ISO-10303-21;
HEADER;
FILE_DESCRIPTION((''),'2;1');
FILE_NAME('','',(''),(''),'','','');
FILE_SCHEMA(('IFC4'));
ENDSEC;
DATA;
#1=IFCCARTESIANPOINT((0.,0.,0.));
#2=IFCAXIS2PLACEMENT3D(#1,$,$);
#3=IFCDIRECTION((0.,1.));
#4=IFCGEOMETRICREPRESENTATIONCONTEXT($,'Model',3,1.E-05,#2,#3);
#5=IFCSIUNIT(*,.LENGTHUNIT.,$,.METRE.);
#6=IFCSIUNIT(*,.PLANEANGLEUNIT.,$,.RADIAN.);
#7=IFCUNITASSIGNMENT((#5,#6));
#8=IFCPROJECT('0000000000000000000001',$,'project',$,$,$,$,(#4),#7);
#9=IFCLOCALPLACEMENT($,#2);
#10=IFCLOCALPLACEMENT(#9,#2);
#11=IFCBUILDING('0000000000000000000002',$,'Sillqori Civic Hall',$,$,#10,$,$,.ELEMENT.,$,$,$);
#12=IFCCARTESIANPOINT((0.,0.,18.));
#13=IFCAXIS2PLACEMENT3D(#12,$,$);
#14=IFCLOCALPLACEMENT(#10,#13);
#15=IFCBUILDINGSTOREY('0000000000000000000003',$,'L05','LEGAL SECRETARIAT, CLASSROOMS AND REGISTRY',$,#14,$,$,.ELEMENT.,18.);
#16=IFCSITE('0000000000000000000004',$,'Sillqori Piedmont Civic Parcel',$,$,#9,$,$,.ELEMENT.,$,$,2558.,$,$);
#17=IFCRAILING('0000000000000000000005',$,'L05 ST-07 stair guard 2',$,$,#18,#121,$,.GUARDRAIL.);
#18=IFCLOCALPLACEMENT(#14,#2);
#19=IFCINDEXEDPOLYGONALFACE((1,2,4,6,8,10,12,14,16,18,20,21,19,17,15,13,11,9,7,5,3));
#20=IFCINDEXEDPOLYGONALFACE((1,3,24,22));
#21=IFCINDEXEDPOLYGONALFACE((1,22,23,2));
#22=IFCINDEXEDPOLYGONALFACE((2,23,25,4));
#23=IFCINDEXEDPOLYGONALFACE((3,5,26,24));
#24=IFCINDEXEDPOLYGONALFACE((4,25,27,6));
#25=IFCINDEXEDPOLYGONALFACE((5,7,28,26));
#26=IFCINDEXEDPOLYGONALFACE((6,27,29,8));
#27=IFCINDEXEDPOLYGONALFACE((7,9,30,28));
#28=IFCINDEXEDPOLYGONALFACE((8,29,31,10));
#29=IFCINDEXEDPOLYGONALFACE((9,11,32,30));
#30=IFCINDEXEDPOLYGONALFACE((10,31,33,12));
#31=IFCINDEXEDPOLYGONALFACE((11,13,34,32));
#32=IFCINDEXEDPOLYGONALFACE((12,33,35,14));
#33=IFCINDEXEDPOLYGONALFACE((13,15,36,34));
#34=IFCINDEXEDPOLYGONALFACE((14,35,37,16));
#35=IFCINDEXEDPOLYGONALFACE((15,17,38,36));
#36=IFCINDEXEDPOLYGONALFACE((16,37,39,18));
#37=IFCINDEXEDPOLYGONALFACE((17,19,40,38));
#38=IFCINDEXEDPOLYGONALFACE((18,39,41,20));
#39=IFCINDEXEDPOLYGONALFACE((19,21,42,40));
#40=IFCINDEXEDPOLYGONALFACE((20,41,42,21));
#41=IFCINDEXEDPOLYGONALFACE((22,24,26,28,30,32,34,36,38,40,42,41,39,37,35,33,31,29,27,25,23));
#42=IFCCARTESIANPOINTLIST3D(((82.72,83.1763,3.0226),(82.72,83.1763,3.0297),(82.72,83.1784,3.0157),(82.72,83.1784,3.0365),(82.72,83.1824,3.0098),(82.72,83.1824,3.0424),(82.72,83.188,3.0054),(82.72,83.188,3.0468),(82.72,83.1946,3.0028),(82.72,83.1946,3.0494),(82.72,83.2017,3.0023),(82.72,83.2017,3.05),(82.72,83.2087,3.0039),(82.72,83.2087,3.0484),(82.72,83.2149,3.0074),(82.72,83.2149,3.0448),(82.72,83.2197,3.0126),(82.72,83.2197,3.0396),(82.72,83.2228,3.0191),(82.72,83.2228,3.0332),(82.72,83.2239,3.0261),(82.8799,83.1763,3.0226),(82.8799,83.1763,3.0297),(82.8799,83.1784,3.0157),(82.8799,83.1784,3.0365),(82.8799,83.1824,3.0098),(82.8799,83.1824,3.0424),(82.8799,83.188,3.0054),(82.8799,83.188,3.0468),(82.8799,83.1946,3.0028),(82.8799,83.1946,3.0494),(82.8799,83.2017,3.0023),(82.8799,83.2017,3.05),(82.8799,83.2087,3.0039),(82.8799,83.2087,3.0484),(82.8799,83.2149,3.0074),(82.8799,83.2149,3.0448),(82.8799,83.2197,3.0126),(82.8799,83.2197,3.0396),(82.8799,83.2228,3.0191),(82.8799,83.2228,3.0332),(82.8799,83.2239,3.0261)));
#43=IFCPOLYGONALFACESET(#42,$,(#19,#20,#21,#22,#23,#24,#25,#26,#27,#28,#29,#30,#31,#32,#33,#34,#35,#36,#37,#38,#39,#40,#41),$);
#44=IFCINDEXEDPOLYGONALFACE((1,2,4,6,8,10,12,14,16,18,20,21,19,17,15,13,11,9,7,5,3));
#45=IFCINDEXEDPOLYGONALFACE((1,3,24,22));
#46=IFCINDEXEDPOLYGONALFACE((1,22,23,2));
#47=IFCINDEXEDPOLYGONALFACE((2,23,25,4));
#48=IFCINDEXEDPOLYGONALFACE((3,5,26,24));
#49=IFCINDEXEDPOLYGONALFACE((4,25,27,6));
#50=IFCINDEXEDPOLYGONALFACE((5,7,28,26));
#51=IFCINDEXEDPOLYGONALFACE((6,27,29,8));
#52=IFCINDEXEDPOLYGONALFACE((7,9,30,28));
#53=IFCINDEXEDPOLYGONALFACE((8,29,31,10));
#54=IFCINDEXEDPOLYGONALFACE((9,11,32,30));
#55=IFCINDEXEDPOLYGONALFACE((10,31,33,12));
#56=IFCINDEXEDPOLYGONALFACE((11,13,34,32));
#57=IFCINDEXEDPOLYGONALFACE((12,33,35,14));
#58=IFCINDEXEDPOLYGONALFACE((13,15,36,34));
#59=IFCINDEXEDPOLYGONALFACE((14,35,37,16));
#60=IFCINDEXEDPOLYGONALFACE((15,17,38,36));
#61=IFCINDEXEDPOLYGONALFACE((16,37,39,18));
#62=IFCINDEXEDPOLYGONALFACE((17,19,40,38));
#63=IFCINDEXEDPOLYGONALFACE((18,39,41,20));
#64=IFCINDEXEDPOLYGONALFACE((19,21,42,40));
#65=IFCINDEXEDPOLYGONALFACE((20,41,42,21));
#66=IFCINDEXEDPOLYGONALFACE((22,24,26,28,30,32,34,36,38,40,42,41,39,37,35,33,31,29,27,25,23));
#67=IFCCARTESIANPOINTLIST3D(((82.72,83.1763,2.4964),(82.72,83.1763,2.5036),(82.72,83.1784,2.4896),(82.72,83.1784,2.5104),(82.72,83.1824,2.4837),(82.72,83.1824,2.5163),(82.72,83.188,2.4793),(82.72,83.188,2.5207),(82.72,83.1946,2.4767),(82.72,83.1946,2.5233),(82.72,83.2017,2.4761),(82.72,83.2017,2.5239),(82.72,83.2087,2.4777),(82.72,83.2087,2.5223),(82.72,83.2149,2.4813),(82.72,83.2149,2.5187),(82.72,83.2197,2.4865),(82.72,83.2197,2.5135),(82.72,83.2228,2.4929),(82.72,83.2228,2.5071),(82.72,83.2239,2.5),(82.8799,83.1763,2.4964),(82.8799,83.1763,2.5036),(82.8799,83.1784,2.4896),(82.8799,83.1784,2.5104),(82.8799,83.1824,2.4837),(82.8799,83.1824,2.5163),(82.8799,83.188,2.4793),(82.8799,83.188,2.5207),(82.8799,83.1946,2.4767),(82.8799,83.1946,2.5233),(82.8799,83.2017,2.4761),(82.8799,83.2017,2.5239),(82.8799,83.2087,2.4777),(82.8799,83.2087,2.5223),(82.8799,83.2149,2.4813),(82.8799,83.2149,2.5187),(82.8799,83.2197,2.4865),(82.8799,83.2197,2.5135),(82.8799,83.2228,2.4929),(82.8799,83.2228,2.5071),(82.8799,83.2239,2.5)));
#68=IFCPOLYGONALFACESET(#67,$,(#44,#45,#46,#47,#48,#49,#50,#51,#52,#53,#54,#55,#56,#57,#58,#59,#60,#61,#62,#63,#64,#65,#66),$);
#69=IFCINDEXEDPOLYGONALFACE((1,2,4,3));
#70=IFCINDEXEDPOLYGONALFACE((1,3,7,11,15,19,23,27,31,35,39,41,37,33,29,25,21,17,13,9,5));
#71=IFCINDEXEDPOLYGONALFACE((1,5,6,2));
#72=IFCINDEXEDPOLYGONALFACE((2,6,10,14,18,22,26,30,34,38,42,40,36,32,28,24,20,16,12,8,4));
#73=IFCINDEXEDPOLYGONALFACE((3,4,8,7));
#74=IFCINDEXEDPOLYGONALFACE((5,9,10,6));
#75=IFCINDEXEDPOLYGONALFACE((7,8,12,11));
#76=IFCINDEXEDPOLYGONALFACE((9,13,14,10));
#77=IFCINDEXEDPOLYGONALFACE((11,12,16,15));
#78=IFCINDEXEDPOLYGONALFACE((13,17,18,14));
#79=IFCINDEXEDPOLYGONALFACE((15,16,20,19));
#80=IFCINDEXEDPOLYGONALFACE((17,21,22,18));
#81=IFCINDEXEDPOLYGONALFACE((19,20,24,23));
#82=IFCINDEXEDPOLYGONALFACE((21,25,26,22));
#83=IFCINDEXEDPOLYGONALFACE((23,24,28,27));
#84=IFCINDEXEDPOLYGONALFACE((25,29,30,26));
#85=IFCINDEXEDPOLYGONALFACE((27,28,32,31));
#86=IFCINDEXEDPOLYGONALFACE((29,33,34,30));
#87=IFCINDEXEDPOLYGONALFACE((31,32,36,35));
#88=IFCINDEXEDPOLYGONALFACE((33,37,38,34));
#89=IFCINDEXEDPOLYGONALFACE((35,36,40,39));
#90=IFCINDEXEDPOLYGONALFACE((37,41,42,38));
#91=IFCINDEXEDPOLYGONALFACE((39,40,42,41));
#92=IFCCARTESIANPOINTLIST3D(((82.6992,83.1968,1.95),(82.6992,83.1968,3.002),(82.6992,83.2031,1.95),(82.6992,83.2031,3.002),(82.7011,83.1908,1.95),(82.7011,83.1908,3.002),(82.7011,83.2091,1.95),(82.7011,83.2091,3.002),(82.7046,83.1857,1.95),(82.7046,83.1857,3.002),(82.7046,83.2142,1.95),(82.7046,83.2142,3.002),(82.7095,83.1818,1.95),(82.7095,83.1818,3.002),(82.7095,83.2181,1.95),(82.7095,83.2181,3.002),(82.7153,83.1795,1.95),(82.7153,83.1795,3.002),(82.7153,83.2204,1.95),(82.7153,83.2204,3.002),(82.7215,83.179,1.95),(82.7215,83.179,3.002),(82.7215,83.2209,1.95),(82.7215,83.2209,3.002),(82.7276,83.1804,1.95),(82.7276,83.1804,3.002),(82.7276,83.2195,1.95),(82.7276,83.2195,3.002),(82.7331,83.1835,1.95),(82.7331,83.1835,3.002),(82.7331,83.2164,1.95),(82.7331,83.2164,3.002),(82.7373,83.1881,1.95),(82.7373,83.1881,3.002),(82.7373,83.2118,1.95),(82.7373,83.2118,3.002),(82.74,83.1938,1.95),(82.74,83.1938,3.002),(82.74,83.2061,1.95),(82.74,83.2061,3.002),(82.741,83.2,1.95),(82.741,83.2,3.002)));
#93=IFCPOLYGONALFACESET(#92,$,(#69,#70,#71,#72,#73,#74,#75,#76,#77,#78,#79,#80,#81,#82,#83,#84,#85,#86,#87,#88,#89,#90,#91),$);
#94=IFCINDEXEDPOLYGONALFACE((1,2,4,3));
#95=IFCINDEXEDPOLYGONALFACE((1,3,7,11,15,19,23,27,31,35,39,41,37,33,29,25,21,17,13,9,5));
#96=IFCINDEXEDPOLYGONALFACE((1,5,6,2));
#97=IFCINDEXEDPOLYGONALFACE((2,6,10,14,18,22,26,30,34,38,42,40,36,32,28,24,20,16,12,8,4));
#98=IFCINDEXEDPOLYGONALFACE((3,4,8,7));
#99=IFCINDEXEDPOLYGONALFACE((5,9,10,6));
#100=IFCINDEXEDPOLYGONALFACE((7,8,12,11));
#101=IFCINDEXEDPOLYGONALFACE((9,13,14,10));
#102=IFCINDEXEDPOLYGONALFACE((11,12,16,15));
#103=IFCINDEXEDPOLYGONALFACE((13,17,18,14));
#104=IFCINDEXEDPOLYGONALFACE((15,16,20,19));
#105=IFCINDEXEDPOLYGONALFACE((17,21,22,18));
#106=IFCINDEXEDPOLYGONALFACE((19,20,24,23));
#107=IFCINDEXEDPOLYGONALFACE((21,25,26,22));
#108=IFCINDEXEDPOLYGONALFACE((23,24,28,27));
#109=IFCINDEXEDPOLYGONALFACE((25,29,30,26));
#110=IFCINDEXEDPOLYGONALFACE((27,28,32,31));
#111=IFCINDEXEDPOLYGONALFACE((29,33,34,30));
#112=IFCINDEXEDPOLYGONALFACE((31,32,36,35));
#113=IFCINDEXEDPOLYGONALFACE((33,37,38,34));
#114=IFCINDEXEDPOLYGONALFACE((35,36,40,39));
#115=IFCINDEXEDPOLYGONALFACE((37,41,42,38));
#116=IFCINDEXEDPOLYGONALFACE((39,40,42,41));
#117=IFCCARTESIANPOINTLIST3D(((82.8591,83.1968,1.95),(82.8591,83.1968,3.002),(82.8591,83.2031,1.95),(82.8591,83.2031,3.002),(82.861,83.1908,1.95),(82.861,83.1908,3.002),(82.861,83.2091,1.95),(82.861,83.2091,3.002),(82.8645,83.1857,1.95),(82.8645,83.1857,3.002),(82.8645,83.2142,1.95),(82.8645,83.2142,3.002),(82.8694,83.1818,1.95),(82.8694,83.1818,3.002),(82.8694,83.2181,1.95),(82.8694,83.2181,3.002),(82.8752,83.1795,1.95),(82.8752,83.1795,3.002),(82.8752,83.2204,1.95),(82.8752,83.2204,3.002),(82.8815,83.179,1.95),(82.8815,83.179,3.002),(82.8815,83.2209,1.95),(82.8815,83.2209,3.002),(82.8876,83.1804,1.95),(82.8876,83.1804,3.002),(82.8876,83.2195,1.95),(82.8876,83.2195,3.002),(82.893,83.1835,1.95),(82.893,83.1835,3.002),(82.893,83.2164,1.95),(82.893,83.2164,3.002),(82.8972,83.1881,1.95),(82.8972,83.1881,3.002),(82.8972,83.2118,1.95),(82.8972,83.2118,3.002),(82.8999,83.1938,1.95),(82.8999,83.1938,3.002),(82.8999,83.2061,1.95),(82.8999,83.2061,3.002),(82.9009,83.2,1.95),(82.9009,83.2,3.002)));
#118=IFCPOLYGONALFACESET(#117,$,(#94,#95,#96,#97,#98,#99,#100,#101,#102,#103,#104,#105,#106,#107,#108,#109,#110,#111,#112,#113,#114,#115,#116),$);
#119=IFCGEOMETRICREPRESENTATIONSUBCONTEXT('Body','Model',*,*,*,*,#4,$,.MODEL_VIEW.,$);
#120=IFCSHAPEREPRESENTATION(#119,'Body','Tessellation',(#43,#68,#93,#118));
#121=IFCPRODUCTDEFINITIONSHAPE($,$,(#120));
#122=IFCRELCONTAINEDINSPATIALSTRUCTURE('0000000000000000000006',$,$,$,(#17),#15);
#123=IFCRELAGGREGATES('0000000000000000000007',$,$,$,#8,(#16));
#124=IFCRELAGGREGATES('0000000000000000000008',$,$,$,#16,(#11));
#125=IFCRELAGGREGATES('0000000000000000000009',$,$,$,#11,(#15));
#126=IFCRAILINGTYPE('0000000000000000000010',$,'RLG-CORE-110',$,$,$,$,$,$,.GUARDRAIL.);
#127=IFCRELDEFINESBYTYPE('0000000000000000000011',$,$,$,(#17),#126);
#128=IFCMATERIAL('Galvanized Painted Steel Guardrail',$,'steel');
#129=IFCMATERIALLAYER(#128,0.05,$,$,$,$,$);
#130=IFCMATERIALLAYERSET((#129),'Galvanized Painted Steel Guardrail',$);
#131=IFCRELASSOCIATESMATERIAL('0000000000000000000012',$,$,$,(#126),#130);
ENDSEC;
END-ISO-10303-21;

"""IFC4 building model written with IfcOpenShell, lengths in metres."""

from ifc_helpers import new_model, si_unit, direction, frame, origin, origin_2d, place, context, subcontext, project, spatial, circle, extrude, material, layer, layer_set, type_object, element, save


model = new_model("IFC4")

# Units and contexts
model_context = context("Model", 3, precision=1e-05, world=origin(), true_north=direction((0.0, 1.0)))
body_context = subcontext(model_context, "Body", "Model", "MODEL_VIEW")
ifc_project = project(units=[si_unit("LENGTHUNIT", "METRE"), si_unit("PLANEANGLEUNIT", "RADIAN")], contexts=[model_context])

# Site, building, storey
site_placement = place(None, origin())
site = spatial("IfcSite", under=ifc_project, at=site_placement, Name="Sillqori Piedmont Civic Parcel", CompositionType="ELEMENT", RefElevation=2558.0)
building_placement = place(site_placement, origin())
building = spatial("IfcBuilding", under=site, at=building_placement, Name="Sillqori Civic Hall", CompositionType="ELEMENT")
storey_placement = place(building_placement, frame((0.0, 0.0, 18.0)))
storey = spatial("IfcBuildingStorey", under=building, at=storey_placement, Name="L05", Description="LEGAL SECRETARIAT, CLASSROOMS AND REGISTRY", CompositionType="ELEMENT", Elevation=18.0)

# Railing
ifc_material_1 = material(Name="Galvanized Painted Steel Guardrail", Category="steel")
ifc_layer_1 = layer(ifc_material_1, 0.05)
ifc_layer_set_1 = layer_set([ifc_layer_1], Name="Galvanized Painted Steel Guardrail")
railing_type_1 = type_object("IfcRailingType", Name="RLG-CORE-110", PredefinedType="GUARDRAIL", material=ifc_layer_set_1)
railing_1_placement = place(storey_placement, frame((82.72, 83.2, 1.95)))
element("IfcRailing", 1, at=railing_1_placement, inside=storey, type_object=railing_type_1, Name="L05 ST-07 stair guard 2", PredefinedType="GUARDRAIL", context=body_context, shape_type="SweptSolid", body=[
    extrude(circle(Radius=0.0239, at=origin_2d()), frame((0.0, 0.0, 1.0762), z_axis=(1.0, 0.0, 0.0), x_axis=(0.0, 1.0, 0.0)), (0.0, 0.0, 1.0), 0.1599),
    extrude(circle(Radius=0.0239, at=origin_2d()), frame((0.0, 0.0, 0.55), z_axis=(1.0, 0.0, 0.0), x_axis=(0.0, 1.0, 0.0)), (0.0, 0.0, 1.0), 0.1599),
    extrude(circle(Radius=0.021, at=origin_2d()), origin(), (0.0, 0.0, 1.0), 1.052),
    extrude(circle(Radius=0.021, at=origin_2d()), frame((0.1599, 0.0, 0.0)), (0.0, 0.0, 1.0), 1.052),
])

save(model, "model.ifc")
